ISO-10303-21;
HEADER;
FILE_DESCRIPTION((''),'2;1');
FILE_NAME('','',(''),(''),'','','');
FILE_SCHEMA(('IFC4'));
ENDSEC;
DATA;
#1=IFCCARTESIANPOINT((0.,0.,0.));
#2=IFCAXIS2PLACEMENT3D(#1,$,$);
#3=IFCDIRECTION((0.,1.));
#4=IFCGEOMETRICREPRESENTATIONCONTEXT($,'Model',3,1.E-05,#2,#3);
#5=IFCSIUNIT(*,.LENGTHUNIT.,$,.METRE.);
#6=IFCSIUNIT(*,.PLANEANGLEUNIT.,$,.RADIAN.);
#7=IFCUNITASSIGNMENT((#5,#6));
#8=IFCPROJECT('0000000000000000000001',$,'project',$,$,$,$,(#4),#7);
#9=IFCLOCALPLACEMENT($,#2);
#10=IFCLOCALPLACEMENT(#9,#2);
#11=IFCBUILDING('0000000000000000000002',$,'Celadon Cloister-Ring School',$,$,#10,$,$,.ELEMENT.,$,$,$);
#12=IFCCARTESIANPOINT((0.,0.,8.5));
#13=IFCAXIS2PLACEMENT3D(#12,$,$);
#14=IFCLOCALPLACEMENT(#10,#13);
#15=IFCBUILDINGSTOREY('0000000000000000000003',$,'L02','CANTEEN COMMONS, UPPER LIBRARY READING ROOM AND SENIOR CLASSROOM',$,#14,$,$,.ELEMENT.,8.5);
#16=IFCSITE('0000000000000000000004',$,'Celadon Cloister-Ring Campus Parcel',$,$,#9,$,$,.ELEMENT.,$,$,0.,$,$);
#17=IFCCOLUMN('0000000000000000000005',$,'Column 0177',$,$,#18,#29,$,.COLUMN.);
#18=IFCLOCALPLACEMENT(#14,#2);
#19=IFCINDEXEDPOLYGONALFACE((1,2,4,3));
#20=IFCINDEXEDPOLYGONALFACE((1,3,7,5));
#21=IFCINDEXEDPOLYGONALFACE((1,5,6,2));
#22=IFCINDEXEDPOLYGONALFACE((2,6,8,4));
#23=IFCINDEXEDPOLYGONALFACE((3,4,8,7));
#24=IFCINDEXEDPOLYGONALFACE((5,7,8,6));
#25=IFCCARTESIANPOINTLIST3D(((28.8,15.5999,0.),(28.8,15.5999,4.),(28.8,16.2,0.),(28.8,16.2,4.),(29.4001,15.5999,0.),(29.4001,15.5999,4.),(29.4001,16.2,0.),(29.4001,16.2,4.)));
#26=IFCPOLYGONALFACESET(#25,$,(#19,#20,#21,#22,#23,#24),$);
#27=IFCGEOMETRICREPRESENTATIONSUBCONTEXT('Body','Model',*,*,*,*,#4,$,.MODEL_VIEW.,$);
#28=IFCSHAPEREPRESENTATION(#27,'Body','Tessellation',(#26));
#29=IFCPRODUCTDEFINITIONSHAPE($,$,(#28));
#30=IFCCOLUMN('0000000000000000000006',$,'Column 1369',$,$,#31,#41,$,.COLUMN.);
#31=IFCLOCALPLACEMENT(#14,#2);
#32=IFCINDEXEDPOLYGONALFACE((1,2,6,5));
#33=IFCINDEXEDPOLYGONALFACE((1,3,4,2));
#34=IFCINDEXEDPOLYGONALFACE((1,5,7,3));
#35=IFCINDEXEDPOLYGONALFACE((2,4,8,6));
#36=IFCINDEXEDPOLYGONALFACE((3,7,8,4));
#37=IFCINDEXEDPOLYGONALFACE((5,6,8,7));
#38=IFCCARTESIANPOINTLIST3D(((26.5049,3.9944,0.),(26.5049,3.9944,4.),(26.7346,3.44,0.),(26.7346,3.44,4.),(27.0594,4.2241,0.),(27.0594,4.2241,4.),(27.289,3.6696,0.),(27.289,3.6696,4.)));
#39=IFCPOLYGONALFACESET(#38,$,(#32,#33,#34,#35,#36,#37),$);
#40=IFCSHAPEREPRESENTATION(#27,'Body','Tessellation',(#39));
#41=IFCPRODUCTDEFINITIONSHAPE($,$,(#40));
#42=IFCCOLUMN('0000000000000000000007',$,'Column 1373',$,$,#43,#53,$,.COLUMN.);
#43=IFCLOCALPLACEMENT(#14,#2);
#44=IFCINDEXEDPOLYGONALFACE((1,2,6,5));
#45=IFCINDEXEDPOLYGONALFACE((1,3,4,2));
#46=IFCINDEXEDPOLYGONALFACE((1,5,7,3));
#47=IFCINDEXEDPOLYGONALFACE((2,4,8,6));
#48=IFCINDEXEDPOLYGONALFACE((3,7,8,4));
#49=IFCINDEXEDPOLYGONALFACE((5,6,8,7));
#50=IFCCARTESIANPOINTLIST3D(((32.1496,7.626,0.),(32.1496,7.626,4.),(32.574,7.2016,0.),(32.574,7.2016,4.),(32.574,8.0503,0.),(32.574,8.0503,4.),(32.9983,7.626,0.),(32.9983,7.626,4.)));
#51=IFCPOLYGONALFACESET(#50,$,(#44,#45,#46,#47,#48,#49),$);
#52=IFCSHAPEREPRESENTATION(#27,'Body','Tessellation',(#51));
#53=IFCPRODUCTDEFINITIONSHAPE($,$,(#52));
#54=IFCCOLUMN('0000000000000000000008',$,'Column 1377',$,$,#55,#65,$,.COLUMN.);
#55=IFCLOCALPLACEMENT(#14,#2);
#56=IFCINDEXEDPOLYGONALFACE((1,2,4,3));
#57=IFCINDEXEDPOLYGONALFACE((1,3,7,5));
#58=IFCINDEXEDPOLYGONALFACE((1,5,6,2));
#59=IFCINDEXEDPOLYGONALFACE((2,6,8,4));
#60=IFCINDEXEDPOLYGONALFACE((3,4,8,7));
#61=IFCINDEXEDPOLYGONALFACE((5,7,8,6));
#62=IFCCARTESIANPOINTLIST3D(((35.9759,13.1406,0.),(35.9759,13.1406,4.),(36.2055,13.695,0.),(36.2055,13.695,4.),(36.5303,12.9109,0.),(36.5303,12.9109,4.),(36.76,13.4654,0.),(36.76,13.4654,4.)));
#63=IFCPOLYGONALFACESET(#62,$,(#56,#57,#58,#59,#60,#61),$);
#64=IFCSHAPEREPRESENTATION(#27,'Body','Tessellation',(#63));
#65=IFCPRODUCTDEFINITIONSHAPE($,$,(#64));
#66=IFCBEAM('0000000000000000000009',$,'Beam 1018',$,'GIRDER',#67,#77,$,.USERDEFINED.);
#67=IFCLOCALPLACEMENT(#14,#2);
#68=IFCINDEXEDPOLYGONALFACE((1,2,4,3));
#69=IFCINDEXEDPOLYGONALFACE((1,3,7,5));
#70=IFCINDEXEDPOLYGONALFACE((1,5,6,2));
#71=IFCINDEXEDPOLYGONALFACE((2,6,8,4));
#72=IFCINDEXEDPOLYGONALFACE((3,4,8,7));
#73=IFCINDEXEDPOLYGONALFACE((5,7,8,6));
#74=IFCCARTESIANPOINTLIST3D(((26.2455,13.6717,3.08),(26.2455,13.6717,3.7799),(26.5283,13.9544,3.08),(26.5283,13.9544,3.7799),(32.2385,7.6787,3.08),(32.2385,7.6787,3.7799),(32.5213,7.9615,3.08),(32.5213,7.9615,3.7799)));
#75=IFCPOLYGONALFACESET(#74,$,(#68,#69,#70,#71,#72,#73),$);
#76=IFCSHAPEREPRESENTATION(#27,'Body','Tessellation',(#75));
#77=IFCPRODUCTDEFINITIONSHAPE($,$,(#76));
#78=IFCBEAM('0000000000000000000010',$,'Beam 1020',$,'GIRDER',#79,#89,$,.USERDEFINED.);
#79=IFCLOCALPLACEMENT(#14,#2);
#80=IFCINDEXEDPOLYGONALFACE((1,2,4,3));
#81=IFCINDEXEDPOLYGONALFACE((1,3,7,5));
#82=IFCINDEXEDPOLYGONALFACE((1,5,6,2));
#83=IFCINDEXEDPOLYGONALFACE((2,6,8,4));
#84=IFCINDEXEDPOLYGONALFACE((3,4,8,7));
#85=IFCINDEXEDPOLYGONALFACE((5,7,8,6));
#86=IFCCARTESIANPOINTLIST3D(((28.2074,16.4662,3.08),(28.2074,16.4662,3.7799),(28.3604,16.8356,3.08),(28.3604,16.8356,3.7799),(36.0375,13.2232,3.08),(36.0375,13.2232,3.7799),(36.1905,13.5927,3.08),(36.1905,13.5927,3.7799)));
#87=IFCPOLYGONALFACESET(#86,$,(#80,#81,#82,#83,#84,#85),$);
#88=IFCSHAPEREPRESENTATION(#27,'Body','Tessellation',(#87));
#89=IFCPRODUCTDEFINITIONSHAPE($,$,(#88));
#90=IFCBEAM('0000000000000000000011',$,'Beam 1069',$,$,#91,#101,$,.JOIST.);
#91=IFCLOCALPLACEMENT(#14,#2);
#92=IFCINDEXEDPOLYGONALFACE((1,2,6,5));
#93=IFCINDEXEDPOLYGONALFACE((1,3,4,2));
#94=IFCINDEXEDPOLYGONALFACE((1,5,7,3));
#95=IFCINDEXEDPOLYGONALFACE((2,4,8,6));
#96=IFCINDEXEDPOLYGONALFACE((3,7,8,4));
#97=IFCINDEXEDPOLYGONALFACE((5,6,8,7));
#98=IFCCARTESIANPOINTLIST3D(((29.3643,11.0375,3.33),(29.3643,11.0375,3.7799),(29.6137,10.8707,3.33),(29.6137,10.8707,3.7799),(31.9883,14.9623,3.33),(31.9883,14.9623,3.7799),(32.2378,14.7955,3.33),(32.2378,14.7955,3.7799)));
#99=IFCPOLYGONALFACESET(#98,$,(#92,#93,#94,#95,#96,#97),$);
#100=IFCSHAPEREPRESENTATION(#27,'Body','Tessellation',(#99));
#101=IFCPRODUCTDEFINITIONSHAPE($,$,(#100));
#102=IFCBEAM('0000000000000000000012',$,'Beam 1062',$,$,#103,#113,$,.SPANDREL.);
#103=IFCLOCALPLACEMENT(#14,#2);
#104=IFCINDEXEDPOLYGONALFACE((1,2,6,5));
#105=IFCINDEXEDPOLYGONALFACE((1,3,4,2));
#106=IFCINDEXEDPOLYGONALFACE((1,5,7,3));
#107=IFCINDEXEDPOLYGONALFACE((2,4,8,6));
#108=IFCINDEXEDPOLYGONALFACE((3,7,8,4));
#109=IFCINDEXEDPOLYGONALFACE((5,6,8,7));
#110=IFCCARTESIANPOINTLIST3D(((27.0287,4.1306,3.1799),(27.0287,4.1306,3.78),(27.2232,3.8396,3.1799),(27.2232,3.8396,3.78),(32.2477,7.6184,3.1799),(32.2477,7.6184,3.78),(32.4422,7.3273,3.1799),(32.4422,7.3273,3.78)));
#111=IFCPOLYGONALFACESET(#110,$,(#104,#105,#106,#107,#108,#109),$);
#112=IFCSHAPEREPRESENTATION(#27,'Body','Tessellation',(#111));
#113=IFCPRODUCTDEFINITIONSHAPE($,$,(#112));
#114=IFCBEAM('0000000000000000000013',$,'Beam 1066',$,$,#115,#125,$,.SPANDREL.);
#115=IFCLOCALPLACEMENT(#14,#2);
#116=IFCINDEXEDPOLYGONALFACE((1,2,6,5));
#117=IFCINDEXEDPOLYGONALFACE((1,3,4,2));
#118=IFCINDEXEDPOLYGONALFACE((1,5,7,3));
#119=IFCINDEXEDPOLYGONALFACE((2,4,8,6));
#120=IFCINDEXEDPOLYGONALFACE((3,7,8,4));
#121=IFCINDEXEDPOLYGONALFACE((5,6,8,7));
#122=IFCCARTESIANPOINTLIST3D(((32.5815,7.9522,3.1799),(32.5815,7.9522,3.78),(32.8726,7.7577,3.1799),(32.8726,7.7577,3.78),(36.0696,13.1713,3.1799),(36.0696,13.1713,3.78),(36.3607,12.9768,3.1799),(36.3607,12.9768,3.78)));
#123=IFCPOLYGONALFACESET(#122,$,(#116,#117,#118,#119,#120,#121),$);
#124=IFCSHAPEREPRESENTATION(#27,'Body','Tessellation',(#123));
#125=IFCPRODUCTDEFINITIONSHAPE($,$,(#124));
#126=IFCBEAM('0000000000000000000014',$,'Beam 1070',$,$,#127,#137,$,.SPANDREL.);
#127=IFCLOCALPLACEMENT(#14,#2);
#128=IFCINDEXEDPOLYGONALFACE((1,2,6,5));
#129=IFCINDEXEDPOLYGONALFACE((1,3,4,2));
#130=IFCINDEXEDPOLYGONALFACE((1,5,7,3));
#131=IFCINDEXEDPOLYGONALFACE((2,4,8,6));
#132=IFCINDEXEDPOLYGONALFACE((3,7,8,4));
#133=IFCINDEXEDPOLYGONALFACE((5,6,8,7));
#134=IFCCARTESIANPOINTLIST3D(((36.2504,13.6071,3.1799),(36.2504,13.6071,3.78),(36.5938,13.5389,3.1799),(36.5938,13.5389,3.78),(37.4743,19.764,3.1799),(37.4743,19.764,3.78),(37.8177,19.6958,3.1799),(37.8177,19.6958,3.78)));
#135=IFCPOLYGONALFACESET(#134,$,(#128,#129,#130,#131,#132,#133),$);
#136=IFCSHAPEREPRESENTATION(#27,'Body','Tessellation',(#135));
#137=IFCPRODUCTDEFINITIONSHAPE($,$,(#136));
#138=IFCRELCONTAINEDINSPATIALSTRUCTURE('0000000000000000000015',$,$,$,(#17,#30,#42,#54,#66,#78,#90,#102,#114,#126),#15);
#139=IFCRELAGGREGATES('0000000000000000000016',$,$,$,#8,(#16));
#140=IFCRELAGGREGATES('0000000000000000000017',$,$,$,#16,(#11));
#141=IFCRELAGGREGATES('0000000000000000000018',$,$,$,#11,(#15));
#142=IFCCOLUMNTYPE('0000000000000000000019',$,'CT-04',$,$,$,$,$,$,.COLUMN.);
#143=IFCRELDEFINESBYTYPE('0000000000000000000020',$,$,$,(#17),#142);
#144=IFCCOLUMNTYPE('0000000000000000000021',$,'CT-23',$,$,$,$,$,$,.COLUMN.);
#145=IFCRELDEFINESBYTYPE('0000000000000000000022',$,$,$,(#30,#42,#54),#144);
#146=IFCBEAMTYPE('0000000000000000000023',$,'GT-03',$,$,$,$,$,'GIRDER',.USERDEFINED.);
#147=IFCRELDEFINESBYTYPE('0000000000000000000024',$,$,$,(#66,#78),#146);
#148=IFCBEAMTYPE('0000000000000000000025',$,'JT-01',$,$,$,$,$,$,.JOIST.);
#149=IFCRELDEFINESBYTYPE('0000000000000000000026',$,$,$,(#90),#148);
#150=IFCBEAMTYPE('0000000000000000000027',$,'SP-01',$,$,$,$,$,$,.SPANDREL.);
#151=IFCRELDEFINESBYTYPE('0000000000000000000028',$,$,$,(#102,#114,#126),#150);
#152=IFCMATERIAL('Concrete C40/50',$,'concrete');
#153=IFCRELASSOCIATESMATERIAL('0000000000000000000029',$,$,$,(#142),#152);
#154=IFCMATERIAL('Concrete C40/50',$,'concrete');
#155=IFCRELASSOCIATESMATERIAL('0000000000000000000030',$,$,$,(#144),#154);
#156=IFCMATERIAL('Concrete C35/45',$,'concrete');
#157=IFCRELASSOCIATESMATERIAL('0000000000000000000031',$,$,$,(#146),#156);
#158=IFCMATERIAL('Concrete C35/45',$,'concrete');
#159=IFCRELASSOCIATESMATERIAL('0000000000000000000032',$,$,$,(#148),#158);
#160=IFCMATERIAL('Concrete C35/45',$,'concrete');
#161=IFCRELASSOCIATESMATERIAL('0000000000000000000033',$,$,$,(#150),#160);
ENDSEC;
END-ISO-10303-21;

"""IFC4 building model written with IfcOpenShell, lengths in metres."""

from ifc_helpers import new_model, si_unit, direction, frame, origin, origin_2d, place, context, subcontext, project, spatial, rectangle, extrude, material, material_profile, profile_set, type_object, element, save


model = new_model("IFC4")

# Units and contexts
model_context = context("Model", 3, precision=1e-05, world=origin(), true_north=direction((0.0, 1.0)))
body_context = subcontext(model_context, "Body", "Model", "MODEL_VIEW")
ifc_project = project(units=[si_unit("LENGTHUNIT", "METRE"), si_unit("PLANEANGLEUNIT", "RADIAN")], contexts=[model_context])

# Site, building, storey
site_placement = place(None, origin())
site = spatial("IfcSite", under=ifc_project, at=site_placement, Name="Celadon Cloister-Ring Campus Parcel", CompositionType="ELEMENT", RefElevation=0.0)
building_placement = place(site_placement, origin())
building = spatial("IfcBuilding", under=site, at=building_placement, Name="Celadon Cloister-Ring School", CompositionType="ELEMENT")
storey_placement = place(building_placement, frame((0.0, 0.0, 8.5)))
storey = spatial("IfcBuildingStorey", under=building, at=storey_placement, Name="L02", Description="CANTEEN COMMONS, UPPER LIBRARY READING ROOM AND SENIOR CLASSROOM", CompositionType="ELEMENT", Elevation=8.5)

# Columns
ifc_material_1 = material(Name="Concrete C40/50", Category="concrete")
ifc_material_profile_1 = material_profile(ifc_material_1, rectangle(XDim=0.6001, YDim=0.6001, at=origin_2d()), Name="RC600X600")
ifc_profile_set_1 = profile_set([ifc_material_profile_1], Name="Concrete C40/50")
column_type_1 = type_object("IfcColumnType", Name="CT-04", PredefinedType="COLUMN", material=ifc_profile_set_1)
column_placement = place(storey_placement, frame((29.1001, 15.8999, 0.0), z_axis=(0.0, 0.0, 1.0), x_axis=(1.0, 0.0, 0.0)))
element("IfcColumn", 1, at=column_placement, inside=storey, type_object=column_type_1, Name="Column 0177", PredefinedType="COLUMN", context=body_context, shape_type="SweptSolid", body=[
    extrude(rectangle(XDim=0.6001, YDim=0.6001, at=origin_2d()), origin(), (0.0, 0.0, 1.0), 4.0),
])
ifc_material_2 = material(Name="Concrete C40/50", Category="concrete")
ifc_material_profile_2 = material_profile(ifc_material_2, rectangle(XDim=0.6001, YDim=0.6001, at=origin_2d()), Name="RC600X600")
ifc_profile_set_2 = profile_set([ifc_material_profile_2], Name="Concrete C40/50")
column_type_2 = type_object("IfcColumnType", Name="CT-23", PredefinedType="COLUMN", material=ifc_profile_set_2)
for number, where, z_axis, x_axis, name in (
    (2, (26.897, 3.832, 0.0), (0.0, 0.0, 1.0), (0.382683, -0.92388, 0.0), "Column 1369"),
    (3, (32.574, 7.626, 0.0), (0.0, 0.0, 1.0), (0.707107, -0.707107, 0.0), "Column 1373"),
    (4, (36.3679, 13.303, 0.0), (0.0, 0.0, 1.0), (0.92388, -0.382683, 0.0), "Column 1377"),
):
    element("IfcColumn", number, at=place(storey_placement, frame(where, z_axis=z_axis, x_axis=x_axis)), inside=storey, type_object=column_type_2, Name=name, PredefinedType="COLUMN", context=body_context, shape_type="SweptSolid", body=[
        extrude(rectangle(XDim=0.6001, YDim=0.6001, at=origin_2d()), origin(), (0.0, 0.0, 1.0), 4.0),
    ])

# Beams
ifc_material_3 = material(Name="Concrete C35/45", Category="concrete")
ifc_material_profile_3 = material_profile(ifc_material_3, rectangle(XDim=0.3999, YDim=0.7, at=origin_2d()), Name="RC400X700")
ifc_profile_set_3 = profile_set([ifc_material_profile_3], Name="Concrete C35/45")
beam_type_1 = type_object("IfcBeamType", Name="GT-03", ElementType="GIRDER", PredefinedType="USERDEFINED", material=ifc_profile_set_3)
beam_1_placement = place(storey_placement, frame((32.3799, 7.8201, 3.4299), z_axis=(-0.707107, 0.707107, 0.0), x_axis=(-0.707107, -0.707107, 0.0)))
element("IfcBeam", 5, at=beam_1_placement, inside=storey, type_object=beam_type_1, Name="Beam 1018", ObjectType="GIRDER", PredefinedType="USERDEFINED", context=body_context, shape_type="SweptSolid", body=[
    extrude(rectangle(XDim=0.3999, YDim=0.7, at=origin_2d()), origin(), (0.0, 0.0, 1.0), 8.4753),
])
beam_2_placement = place(storey_placement, frame((36.114, 13.408, 3.4299), z_axis=(-0.923896, 0.382643, 0.0), x_axis=(-0.382643, -0.923896, 0.0)))
element("IfcBeam", 6, at=beam_2_placement, inside=storey, type_object=beam_type_1, Name="Beam 1020", ObjectType="GIRDER", PredefinedType="USERDEFINED", context=body_context, shape_type="SweptSolid", body=[
    extrude(rectangle(XDim=0.3999, YDim=0.7, at=origin_2d()), origin(), (0.0, 0.0, 1.0), 8.4751),
])
ifc_material_4 = material(Name="Concrete C35/45", Category="concrete")
ifc_material_profile_4 = material_profile(ifc_material_4, rectangle(XDim=0.3, YDim=0.45, at=origin_2d()), Name="RC300X450")
ifc_profile_set_4 = profile_set([ifc_material_profile_4], Name="Concrete C35/45")
beam_type_2 = type_object("IfcBeamType", Name="JT-01", PredefinedType="JOIST", material=ifc_profile_set_4)
beam_3_placement = place(storey_placement, frame((29.489, 10.9541, 3.5549), z_axis=(0.555798, 0.831318, 0.0), x_axis=(-0.831318, 0.555798, 0.0)))
element("IfcBeam", 7, at=beam_3_placement, inside=storey, type_object=beam_type_2, Name="Beam 1069", PredefinedType="JOIST", context=body_context, shape_type="SweptSolid", body=[
    extrude(rectangle(XDim=0.3, YDim=0.45, at=origin_2d()), origin(), (0.0, 0.0, 1.0), 4.7212),
])
ifc_material_5 = material(Name="Concrete C35/45", Category="concrete")
ifc_material_profile_5 = material_profile(ifc_material_5, rectangle(XDim=0.3501, YDim=0.6001, at=origin_2d()), Name="RC350X600")
ifc_profile_set_5 = profile_set([ifc_material_profile_5], Name="Concrete C35/45")
beam_type_3 = type_object("IfcBeamType", Name="SP-01", PredefinedType="SPANDREL", material=ifc_profile_set_5)
beam_4_placement = place(storey_placement, frame((27.126, 3.9851, 3.48), z_axis=(0.831427, 0.555633, 0.0), x_axis=(-0.555633, 0.831427, 0.0)))
element("IfcBeam", 8, at=beam_4_placement, inside=storey, type_object=beam_type_3, Name="Beam 1062", PredefinedType="SPANDREL", context=body_context, shape_type="SweptSolid", body=[
    extrude(rectangle(XDim=0.3501, YDim=0.6001, at=origin_2d()), origin(), (0.0, 0.0, 1.0), 6.2771),
])
for number, where, z_axis, x_axis, name in (
    (9, (32.7271, 7.855, 3.48), (0.55566, 0.83141, 0.0), (-0.83141, 0.55566, 0.0), "Beam 1066"),
    (10, (36.4221, 13.573, 3.48), (0.194964, 0.98081, 0.0), (-0.98081, 0.194964, 0.0), "Beam 1070"),
):
    element("IfcBeam", number, at=place(storey_placement, frame(where, z_axis=z_axis, x_axis=x_axis)), inside=storey, type_object=beam_type_3, Name=name, PredefinedType="SPANDREL", context=body_context, shape_type="SweptSolid", body=[
        extrude(rectangle(XDim=0.3501, YDim=0.6001, at=origin_2d()), origin(), (0.0, 0.0, 1.0), 6.2773),
    ])

save(model, "model.ifc")
